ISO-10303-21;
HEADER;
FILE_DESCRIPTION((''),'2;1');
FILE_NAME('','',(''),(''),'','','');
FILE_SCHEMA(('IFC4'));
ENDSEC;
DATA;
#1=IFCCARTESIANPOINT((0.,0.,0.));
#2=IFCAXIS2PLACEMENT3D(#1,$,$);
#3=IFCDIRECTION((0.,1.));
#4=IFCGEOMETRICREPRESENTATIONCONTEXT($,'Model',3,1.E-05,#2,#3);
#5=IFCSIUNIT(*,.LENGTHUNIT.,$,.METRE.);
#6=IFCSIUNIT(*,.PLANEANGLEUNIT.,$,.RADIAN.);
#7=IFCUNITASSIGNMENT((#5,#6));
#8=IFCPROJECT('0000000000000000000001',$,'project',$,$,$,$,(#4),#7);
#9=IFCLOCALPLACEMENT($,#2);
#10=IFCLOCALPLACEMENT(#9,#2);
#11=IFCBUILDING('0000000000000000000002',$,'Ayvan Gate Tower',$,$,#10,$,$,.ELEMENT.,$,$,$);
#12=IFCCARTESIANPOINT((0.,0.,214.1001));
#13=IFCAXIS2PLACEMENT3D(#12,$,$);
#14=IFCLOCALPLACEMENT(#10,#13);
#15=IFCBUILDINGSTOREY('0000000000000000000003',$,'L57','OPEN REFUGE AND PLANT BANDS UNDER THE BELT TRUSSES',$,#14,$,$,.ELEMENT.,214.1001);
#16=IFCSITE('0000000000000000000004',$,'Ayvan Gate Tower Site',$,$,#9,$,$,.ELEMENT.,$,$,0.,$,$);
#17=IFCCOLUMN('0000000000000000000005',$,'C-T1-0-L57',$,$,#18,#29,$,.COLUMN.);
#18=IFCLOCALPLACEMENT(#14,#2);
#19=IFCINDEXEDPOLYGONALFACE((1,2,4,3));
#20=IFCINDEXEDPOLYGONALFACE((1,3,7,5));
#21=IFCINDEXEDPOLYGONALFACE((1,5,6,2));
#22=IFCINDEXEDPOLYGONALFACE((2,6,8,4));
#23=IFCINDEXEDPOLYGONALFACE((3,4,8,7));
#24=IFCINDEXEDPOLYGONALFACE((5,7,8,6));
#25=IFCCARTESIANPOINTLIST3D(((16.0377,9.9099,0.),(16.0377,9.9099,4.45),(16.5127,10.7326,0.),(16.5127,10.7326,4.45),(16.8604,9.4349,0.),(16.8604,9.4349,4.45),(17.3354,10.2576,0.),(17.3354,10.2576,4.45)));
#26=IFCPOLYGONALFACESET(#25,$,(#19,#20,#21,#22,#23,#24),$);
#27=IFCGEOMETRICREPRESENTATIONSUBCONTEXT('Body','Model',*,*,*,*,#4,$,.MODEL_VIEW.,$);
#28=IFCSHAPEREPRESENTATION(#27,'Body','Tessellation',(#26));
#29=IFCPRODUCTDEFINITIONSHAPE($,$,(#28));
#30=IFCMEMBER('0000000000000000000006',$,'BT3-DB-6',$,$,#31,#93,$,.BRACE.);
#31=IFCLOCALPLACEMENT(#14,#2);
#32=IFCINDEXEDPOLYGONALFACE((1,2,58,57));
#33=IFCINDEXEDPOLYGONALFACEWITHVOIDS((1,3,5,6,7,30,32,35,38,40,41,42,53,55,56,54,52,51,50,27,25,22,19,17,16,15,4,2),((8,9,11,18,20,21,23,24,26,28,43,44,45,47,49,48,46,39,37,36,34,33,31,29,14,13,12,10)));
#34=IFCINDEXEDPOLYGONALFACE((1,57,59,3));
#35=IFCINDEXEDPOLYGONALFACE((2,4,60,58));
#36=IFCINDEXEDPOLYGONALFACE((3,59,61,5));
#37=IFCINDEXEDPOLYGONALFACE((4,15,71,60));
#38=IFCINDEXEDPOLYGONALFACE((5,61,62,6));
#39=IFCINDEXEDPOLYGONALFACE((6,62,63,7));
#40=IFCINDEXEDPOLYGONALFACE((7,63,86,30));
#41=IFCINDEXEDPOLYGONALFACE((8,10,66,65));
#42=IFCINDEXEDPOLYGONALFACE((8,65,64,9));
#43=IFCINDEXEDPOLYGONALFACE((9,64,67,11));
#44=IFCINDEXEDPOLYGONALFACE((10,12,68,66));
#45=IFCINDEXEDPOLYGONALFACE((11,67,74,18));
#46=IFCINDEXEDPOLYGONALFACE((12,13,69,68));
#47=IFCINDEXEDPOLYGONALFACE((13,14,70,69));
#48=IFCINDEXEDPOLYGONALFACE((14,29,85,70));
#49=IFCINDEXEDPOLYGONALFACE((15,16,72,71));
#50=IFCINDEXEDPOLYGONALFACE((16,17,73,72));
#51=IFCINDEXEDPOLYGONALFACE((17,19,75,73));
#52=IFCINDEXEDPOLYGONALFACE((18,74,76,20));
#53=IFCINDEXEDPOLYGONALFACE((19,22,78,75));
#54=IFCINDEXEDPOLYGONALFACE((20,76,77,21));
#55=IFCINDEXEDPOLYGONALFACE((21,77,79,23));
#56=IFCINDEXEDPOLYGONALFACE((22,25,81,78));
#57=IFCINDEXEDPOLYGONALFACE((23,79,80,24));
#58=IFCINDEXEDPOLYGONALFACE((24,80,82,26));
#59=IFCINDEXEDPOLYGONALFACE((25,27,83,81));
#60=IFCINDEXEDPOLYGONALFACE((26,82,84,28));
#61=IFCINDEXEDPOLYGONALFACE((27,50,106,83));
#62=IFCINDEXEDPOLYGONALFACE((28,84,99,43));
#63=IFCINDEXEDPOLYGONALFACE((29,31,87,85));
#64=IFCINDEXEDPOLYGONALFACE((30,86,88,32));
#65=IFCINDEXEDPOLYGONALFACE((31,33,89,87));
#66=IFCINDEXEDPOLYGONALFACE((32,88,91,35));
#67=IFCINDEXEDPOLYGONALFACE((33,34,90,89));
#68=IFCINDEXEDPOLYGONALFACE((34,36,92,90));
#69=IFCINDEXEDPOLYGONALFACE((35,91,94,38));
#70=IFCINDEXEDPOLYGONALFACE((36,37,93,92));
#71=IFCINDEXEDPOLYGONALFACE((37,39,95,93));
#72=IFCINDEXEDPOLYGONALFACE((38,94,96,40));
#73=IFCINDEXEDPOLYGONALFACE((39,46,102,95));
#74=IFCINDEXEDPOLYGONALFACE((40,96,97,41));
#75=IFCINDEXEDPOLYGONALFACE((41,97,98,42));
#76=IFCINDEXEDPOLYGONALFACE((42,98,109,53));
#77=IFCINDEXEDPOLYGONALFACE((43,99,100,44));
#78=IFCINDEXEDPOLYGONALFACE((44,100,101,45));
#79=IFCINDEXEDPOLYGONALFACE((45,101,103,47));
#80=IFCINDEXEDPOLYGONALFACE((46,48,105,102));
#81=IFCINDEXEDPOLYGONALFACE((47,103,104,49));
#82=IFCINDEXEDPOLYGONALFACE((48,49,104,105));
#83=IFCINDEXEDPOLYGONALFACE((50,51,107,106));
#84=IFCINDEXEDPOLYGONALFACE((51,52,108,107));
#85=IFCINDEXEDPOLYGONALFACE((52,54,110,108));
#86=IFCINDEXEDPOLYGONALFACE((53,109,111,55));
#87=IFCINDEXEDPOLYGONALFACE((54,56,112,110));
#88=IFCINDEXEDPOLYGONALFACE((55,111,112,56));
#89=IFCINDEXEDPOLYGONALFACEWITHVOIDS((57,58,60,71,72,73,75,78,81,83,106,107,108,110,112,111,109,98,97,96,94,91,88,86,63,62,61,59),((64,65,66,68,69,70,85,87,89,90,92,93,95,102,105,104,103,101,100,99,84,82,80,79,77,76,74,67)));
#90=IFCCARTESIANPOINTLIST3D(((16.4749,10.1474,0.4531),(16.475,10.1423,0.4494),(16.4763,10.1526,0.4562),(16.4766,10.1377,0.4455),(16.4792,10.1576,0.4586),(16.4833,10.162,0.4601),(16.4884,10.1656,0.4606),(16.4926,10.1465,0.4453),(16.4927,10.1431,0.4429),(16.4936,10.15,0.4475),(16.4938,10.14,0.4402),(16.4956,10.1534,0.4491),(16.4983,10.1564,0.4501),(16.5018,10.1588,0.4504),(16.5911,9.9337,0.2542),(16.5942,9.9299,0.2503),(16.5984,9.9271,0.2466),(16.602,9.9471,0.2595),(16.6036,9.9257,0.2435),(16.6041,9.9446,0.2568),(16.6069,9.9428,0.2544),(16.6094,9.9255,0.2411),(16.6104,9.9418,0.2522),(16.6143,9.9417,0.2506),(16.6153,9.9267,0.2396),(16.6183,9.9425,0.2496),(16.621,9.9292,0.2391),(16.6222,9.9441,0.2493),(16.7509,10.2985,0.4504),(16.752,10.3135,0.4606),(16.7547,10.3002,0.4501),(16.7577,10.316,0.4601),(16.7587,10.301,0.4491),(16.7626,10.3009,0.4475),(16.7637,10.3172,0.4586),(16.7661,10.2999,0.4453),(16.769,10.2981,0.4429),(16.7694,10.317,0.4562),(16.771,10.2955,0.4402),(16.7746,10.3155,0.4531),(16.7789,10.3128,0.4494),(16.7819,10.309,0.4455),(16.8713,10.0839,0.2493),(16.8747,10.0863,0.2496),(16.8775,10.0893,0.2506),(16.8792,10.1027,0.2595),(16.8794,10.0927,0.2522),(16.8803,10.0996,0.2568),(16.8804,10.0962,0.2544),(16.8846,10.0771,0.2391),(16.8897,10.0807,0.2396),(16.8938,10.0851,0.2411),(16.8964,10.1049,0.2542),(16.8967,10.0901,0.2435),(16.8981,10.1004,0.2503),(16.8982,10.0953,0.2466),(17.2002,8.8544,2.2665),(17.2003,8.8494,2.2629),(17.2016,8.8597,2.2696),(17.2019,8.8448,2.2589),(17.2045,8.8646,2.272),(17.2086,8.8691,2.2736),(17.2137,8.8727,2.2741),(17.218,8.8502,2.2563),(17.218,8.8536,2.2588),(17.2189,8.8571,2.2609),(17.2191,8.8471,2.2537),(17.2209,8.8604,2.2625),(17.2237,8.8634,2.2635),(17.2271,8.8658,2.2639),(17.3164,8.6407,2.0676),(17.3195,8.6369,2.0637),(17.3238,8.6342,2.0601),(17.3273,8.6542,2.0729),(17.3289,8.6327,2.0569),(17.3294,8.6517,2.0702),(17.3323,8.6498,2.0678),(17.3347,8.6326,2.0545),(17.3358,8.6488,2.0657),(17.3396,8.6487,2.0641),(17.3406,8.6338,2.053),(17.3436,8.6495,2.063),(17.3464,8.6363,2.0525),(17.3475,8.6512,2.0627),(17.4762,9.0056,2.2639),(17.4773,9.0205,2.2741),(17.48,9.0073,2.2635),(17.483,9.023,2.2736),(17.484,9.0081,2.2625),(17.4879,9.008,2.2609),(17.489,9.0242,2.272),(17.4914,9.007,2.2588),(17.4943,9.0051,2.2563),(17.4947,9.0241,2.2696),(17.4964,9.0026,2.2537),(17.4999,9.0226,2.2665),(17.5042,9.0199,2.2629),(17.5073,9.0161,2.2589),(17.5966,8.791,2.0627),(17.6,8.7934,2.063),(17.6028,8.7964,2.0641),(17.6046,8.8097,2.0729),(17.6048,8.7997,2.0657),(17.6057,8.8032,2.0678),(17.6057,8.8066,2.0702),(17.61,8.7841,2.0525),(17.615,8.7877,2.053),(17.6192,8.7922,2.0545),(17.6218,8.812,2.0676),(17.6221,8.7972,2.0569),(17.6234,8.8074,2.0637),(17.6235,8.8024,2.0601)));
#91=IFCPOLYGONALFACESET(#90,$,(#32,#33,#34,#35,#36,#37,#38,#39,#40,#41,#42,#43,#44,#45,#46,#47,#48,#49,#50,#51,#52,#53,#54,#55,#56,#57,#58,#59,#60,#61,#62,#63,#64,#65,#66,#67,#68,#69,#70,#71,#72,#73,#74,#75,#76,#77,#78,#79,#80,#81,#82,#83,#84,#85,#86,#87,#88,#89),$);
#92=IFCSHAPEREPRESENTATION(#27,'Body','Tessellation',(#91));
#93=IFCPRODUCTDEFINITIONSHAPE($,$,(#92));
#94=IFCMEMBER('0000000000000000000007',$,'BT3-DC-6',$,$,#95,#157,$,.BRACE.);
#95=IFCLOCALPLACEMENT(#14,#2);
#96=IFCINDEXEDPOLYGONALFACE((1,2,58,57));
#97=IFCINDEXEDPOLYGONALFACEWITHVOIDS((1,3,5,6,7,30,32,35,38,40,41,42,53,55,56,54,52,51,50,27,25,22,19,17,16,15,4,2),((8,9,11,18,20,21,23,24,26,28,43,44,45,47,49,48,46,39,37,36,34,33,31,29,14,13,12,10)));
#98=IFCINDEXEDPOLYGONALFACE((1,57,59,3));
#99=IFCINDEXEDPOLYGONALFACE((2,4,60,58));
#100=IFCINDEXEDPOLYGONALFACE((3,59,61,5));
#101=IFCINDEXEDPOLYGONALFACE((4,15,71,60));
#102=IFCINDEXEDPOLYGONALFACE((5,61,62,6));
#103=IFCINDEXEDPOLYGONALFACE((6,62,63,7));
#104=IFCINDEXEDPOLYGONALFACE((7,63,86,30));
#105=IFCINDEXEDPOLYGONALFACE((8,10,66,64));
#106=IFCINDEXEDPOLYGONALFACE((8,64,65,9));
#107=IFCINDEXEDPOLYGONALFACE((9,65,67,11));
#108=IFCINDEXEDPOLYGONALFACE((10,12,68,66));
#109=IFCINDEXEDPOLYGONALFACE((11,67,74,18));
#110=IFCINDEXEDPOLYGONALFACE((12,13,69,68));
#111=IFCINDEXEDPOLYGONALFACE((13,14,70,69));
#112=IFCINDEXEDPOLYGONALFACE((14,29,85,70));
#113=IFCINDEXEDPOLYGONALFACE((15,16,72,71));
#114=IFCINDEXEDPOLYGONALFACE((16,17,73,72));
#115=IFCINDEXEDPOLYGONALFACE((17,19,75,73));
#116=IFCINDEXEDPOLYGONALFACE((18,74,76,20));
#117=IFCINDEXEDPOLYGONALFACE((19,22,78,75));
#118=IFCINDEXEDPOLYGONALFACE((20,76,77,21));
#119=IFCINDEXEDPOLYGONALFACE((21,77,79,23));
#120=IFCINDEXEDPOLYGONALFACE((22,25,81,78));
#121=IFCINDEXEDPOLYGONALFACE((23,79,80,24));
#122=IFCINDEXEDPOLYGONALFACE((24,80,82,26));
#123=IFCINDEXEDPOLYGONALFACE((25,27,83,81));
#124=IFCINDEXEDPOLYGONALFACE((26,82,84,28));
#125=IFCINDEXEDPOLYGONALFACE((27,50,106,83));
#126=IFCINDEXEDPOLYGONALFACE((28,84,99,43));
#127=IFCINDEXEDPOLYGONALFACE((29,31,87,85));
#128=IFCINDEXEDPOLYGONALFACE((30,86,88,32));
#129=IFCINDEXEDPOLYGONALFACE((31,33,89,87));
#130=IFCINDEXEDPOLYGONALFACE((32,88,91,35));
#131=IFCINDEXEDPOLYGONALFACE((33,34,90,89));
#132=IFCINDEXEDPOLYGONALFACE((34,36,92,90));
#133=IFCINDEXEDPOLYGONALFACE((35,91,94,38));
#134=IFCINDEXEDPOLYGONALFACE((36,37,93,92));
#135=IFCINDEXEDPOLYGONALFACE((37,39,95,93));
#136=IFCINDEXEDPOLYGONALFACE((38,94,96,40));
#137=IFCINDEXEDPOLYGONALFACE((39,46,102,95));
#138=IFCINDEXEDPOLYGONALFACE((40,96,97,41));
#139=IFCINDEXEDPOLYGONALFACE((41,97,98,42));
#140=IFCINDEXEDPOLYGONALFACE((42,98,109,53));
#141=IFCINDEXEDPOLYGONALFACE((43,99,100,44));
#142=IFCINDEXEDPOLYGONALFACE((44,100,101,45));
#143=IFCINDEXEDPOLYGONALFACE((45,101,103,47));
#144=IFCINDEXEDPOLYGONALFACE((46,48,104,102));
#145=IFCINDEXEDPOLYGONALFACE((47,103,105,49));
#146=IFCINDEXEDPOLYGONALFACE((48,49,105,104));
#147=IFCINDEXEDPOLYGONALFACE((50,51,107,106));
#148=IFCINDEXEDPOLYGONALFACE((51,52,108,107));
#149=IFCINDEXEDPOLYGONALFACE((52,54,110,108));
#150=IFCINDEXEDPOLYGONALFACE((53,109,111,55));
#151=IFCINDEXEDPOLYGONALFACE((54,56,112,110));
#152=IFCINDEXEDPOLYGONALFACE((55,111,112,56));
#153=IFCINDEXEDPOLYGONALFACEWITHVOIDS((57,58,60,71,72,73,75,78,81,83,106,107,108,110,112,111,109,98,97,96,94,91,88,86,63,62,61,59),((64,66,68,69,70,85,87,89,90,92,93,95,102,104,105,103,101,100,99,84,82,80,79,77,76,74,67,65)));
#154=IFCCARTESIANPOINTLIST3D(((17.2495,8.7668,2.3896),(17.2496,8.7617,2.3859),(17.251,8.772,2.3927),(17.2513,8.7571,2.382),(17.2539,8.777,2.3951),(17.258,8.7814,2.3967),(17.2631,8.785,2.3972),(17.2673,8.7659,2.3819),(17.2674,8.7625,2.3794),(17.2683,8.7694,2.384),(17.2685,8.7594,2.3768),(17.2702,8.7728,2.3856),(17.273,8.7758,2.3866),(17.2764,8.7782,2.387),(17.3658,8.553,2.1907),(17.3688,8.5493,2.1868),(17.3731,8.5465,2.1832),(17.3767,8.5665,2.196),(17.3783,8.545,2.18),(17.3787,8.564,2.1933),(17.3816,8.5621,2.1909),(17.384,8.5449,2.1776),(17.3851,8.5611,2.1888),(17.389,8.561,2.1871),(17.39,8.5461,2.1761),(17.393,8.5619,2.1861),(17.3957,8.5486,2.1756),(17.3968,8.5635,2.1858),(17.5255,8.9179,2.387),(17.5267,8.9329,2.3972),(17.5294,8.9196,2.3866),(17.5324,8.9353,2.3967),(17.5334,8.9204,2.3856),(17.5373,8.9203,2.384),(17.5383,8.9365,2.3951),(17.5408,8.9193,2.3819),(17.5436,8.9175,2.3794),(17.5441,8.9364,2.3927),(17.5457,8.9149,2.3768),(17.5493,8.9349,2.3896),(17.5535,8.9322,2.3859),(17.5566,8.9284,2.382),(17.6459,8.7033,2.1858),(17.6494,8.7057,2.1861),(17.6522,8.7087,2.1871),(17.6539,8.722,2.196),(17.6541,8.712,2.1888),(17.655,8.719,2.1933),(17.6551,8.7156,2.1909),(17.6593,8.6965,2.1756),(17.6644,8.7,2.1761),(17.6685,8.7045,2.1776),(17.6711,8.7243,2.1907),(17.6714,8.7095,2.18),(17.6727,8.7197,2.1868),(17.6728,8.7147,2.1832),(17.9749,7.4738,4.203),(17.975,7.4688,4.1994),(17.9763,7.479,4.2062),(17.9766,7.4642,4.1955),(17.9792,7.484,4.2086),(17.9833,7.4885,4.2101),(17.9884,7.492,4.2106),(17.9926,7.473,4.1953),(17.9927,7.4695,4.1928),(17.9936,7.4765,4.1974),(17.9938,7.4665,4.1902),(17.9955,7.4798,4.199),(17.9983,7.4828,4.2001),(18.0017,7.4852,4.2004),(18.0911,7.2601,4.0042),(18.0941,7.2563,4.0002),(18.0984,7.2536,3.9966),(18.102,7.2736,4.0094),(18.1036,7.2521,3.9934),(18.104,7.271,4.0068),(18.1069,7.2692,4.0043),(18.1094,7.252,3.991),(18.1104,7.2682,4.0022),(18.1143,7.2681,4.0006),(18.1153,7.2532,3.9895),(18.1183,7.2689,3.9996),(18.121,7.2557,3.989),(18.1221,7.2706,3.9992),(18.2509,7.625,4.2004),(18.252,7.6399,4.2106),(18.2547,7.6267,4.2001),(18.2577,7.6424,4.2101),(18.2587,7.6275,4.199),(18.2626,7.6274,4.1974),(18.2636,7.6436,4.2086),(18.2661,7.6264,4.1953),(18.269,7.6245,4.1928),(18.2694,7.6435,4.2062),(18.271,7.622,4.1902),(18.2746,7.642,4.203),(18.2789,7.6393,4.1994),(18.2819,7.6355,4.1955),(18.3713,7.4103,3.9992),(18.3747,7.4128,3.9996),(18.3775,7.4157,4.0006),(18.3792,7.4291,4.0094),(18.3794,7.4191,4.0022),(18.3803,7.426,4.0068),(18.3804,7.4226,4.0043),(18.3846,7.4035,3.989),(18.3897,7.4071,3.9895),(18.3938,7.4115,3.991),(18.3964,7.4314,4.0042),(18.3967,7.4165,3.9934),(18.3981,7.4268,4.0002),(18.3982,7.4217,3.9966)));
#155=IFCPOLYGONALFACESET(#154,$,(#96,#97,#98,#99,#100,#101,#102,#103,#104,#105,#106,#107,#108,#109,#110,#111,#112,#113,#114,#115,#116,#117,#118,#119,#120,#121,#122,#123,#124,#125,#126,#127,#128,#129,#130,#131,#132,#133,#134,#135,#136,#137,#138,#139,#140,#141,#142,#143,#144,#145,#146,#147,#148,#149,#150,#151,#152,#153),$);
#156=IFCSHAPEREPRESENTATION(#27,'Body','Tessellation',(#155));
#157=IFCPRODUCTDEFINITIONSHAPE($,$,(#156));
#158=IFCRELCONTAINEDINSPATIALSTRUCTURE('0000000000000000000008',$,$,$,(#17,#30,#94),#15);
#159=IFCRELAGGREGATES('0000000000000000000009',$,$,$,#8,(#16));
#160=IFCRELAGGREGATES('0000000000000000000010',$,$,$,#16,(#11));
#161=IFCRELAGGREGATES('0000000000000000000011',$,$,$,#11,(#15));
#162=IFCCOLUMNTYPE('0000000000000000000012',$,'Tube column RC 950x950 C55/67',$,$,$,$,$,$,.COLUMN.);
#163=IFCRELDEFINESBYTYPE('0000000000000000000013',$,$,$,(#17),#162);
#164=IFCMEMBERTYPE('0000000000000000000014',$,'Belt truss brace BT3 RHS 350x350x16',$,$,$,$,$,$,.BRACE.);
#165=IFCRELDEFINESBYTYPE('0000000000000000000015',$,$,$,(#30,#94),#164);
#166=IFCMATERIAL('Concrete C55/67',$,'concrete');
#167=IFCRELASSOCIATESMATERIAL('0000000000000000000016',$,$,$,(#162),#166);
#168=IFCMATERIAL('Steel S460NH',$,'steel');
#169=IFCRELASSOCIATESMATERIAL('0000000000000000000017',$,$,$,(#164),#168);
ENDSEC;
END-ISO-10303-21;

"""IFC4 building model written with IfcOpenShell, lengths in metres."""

from ifc_helpers import new_model, si_unit, direction, frame, origin, origin_2d, place, context, subcontext, project, spatial, rectangle, hollow_rectangle, extrude, material, material_profile, profile_set, type_object, element, save


model = new_model("IFC4")

# Units and contexts
model_context = context("Model", 3, precision=1e-05, world=origin(), true_north=direction((0.0, 1.0)))
body_context = subcontext(model_context, "Body", "Model", "MODEL_VIEW")
ifc_project = project(units=[si_unit("LENGTHUNIT", "METRE"), si_unit("PLANEANGLEUNIT", "RADIAN")], contexts=[model_context])

# Site, building, storey
site_placement = place(None, origin())
site = spatial("IfcSite", under=ifc_project, at=site_placement, Name="Ayvan Gate Tower Site", CompositionType="ELEMENT", RefElevation=0.0)
building_placement = place(site_placement, origin())
building = spatial("IfcBuilding", under=site, at=building_placement, Name="Ayvan Gate Tower", CompositionType="ELEMENT")
storey_placement = place(building_placement, frame((0.0, 0.0, 214.1001)))
storey = spatial("IfcBuildingStorey", under=building, at=storey_placement, Name="L57", Description="OPEN REFUGE AND PLANT BANDS UNDER THE BELT TRUSSES", CompositionType="ELEMENT", Elevation=214.1001)

# Column
ifc_material_1 = material(Name="Concrete C55/67", Category="concrete")
ifc_material_profile_1 = material_profile(ifc_material_1, rectangle(XDim=0.95, YDim=0.95, at=origin_2d()), Name="RC 950x950")
ifc_profile_set_1 = profile_set([ifc_material_profile_1], Name="Concrete C55/67")
column_type = type_object("IfcColumnType", Name="Tube column RC 950x950 C55/67", PredefinedType="COLUMN", material=ifc_profile_set_1)
column_placement = place(storey_placement, frame((16.6865, 10.0837, 0.0), z_axis=(0.0, 0.0, 1.0), x_axis=(0.5, 0.866025, 0.0)))
element("IfcColumn", 1, at=column_placement, inside=storey, type_object=column_type, Name="C-T1-0-L57", PredefinedType="COLUMN", context=body_context, shape_type="SweptSolid", body=[
    extrude(rectangle(XDim=0.95, YDim=0.95, at=origin_2d()), origin(), (0.0, 0.0, 1.0), 4.45),
])

# Members
ifc_material_2 = material(Name="Steel S460NH", Category="steel")
ifc_material_profile_2 = material_profile(ifc_material_2, hollow_rectangle(XDim=0.3501, YDim=0.3501, WallThickness=0.0161, InnerFilletRadius=0.0161, OuterFilletRadius=0.0239, at=origin_2d()), Name="RHS 350x350x16")
ifc_profile_set_2 = profile_set([ifc_material_profile_2], Name="Steel S460NH")
member_type_1 = type_object("IfcMemberType", Name="Belt truss brace BT3 RHS 350x350x16", PredefinedType="BRACE", material=ifc_profile_set_2)
for number, where, z_axis, x_axis, name in (
    (2, (16.6865, 10.1213, 0.3499), (0.309665, -0.551997, 0.774214), (0.872138, 0.48926, 0.0), "BT3-DB-6"),
    (3, (17.4612, 8.7407, 2.2864), (0.309665, -0.551997, 0.774214), (0.872138, 0.48926, 0.0), "BT3-DC-6"),
):
    element("IfcMember", number, at=place(storey_placement, frame(where, z_axis=z_axis, x_axis=x_axis)), inside=storey, type_object=member_type_1, Name=name, PredefinedType="BRACE", context=body_context, shape_type="SweptSolid", body=[
        extrude(hollow_rectangle(XDim=0.3501, YDim=0.3501, WallThickness=0.0161, InnerFilletRadius=0.0161, OuterFilletRadius=0.0239, at=origin_2d()), origin(), (0.0, 0.0, 1.0), 2.3423),
    ])

save(model, "model.ifc")
